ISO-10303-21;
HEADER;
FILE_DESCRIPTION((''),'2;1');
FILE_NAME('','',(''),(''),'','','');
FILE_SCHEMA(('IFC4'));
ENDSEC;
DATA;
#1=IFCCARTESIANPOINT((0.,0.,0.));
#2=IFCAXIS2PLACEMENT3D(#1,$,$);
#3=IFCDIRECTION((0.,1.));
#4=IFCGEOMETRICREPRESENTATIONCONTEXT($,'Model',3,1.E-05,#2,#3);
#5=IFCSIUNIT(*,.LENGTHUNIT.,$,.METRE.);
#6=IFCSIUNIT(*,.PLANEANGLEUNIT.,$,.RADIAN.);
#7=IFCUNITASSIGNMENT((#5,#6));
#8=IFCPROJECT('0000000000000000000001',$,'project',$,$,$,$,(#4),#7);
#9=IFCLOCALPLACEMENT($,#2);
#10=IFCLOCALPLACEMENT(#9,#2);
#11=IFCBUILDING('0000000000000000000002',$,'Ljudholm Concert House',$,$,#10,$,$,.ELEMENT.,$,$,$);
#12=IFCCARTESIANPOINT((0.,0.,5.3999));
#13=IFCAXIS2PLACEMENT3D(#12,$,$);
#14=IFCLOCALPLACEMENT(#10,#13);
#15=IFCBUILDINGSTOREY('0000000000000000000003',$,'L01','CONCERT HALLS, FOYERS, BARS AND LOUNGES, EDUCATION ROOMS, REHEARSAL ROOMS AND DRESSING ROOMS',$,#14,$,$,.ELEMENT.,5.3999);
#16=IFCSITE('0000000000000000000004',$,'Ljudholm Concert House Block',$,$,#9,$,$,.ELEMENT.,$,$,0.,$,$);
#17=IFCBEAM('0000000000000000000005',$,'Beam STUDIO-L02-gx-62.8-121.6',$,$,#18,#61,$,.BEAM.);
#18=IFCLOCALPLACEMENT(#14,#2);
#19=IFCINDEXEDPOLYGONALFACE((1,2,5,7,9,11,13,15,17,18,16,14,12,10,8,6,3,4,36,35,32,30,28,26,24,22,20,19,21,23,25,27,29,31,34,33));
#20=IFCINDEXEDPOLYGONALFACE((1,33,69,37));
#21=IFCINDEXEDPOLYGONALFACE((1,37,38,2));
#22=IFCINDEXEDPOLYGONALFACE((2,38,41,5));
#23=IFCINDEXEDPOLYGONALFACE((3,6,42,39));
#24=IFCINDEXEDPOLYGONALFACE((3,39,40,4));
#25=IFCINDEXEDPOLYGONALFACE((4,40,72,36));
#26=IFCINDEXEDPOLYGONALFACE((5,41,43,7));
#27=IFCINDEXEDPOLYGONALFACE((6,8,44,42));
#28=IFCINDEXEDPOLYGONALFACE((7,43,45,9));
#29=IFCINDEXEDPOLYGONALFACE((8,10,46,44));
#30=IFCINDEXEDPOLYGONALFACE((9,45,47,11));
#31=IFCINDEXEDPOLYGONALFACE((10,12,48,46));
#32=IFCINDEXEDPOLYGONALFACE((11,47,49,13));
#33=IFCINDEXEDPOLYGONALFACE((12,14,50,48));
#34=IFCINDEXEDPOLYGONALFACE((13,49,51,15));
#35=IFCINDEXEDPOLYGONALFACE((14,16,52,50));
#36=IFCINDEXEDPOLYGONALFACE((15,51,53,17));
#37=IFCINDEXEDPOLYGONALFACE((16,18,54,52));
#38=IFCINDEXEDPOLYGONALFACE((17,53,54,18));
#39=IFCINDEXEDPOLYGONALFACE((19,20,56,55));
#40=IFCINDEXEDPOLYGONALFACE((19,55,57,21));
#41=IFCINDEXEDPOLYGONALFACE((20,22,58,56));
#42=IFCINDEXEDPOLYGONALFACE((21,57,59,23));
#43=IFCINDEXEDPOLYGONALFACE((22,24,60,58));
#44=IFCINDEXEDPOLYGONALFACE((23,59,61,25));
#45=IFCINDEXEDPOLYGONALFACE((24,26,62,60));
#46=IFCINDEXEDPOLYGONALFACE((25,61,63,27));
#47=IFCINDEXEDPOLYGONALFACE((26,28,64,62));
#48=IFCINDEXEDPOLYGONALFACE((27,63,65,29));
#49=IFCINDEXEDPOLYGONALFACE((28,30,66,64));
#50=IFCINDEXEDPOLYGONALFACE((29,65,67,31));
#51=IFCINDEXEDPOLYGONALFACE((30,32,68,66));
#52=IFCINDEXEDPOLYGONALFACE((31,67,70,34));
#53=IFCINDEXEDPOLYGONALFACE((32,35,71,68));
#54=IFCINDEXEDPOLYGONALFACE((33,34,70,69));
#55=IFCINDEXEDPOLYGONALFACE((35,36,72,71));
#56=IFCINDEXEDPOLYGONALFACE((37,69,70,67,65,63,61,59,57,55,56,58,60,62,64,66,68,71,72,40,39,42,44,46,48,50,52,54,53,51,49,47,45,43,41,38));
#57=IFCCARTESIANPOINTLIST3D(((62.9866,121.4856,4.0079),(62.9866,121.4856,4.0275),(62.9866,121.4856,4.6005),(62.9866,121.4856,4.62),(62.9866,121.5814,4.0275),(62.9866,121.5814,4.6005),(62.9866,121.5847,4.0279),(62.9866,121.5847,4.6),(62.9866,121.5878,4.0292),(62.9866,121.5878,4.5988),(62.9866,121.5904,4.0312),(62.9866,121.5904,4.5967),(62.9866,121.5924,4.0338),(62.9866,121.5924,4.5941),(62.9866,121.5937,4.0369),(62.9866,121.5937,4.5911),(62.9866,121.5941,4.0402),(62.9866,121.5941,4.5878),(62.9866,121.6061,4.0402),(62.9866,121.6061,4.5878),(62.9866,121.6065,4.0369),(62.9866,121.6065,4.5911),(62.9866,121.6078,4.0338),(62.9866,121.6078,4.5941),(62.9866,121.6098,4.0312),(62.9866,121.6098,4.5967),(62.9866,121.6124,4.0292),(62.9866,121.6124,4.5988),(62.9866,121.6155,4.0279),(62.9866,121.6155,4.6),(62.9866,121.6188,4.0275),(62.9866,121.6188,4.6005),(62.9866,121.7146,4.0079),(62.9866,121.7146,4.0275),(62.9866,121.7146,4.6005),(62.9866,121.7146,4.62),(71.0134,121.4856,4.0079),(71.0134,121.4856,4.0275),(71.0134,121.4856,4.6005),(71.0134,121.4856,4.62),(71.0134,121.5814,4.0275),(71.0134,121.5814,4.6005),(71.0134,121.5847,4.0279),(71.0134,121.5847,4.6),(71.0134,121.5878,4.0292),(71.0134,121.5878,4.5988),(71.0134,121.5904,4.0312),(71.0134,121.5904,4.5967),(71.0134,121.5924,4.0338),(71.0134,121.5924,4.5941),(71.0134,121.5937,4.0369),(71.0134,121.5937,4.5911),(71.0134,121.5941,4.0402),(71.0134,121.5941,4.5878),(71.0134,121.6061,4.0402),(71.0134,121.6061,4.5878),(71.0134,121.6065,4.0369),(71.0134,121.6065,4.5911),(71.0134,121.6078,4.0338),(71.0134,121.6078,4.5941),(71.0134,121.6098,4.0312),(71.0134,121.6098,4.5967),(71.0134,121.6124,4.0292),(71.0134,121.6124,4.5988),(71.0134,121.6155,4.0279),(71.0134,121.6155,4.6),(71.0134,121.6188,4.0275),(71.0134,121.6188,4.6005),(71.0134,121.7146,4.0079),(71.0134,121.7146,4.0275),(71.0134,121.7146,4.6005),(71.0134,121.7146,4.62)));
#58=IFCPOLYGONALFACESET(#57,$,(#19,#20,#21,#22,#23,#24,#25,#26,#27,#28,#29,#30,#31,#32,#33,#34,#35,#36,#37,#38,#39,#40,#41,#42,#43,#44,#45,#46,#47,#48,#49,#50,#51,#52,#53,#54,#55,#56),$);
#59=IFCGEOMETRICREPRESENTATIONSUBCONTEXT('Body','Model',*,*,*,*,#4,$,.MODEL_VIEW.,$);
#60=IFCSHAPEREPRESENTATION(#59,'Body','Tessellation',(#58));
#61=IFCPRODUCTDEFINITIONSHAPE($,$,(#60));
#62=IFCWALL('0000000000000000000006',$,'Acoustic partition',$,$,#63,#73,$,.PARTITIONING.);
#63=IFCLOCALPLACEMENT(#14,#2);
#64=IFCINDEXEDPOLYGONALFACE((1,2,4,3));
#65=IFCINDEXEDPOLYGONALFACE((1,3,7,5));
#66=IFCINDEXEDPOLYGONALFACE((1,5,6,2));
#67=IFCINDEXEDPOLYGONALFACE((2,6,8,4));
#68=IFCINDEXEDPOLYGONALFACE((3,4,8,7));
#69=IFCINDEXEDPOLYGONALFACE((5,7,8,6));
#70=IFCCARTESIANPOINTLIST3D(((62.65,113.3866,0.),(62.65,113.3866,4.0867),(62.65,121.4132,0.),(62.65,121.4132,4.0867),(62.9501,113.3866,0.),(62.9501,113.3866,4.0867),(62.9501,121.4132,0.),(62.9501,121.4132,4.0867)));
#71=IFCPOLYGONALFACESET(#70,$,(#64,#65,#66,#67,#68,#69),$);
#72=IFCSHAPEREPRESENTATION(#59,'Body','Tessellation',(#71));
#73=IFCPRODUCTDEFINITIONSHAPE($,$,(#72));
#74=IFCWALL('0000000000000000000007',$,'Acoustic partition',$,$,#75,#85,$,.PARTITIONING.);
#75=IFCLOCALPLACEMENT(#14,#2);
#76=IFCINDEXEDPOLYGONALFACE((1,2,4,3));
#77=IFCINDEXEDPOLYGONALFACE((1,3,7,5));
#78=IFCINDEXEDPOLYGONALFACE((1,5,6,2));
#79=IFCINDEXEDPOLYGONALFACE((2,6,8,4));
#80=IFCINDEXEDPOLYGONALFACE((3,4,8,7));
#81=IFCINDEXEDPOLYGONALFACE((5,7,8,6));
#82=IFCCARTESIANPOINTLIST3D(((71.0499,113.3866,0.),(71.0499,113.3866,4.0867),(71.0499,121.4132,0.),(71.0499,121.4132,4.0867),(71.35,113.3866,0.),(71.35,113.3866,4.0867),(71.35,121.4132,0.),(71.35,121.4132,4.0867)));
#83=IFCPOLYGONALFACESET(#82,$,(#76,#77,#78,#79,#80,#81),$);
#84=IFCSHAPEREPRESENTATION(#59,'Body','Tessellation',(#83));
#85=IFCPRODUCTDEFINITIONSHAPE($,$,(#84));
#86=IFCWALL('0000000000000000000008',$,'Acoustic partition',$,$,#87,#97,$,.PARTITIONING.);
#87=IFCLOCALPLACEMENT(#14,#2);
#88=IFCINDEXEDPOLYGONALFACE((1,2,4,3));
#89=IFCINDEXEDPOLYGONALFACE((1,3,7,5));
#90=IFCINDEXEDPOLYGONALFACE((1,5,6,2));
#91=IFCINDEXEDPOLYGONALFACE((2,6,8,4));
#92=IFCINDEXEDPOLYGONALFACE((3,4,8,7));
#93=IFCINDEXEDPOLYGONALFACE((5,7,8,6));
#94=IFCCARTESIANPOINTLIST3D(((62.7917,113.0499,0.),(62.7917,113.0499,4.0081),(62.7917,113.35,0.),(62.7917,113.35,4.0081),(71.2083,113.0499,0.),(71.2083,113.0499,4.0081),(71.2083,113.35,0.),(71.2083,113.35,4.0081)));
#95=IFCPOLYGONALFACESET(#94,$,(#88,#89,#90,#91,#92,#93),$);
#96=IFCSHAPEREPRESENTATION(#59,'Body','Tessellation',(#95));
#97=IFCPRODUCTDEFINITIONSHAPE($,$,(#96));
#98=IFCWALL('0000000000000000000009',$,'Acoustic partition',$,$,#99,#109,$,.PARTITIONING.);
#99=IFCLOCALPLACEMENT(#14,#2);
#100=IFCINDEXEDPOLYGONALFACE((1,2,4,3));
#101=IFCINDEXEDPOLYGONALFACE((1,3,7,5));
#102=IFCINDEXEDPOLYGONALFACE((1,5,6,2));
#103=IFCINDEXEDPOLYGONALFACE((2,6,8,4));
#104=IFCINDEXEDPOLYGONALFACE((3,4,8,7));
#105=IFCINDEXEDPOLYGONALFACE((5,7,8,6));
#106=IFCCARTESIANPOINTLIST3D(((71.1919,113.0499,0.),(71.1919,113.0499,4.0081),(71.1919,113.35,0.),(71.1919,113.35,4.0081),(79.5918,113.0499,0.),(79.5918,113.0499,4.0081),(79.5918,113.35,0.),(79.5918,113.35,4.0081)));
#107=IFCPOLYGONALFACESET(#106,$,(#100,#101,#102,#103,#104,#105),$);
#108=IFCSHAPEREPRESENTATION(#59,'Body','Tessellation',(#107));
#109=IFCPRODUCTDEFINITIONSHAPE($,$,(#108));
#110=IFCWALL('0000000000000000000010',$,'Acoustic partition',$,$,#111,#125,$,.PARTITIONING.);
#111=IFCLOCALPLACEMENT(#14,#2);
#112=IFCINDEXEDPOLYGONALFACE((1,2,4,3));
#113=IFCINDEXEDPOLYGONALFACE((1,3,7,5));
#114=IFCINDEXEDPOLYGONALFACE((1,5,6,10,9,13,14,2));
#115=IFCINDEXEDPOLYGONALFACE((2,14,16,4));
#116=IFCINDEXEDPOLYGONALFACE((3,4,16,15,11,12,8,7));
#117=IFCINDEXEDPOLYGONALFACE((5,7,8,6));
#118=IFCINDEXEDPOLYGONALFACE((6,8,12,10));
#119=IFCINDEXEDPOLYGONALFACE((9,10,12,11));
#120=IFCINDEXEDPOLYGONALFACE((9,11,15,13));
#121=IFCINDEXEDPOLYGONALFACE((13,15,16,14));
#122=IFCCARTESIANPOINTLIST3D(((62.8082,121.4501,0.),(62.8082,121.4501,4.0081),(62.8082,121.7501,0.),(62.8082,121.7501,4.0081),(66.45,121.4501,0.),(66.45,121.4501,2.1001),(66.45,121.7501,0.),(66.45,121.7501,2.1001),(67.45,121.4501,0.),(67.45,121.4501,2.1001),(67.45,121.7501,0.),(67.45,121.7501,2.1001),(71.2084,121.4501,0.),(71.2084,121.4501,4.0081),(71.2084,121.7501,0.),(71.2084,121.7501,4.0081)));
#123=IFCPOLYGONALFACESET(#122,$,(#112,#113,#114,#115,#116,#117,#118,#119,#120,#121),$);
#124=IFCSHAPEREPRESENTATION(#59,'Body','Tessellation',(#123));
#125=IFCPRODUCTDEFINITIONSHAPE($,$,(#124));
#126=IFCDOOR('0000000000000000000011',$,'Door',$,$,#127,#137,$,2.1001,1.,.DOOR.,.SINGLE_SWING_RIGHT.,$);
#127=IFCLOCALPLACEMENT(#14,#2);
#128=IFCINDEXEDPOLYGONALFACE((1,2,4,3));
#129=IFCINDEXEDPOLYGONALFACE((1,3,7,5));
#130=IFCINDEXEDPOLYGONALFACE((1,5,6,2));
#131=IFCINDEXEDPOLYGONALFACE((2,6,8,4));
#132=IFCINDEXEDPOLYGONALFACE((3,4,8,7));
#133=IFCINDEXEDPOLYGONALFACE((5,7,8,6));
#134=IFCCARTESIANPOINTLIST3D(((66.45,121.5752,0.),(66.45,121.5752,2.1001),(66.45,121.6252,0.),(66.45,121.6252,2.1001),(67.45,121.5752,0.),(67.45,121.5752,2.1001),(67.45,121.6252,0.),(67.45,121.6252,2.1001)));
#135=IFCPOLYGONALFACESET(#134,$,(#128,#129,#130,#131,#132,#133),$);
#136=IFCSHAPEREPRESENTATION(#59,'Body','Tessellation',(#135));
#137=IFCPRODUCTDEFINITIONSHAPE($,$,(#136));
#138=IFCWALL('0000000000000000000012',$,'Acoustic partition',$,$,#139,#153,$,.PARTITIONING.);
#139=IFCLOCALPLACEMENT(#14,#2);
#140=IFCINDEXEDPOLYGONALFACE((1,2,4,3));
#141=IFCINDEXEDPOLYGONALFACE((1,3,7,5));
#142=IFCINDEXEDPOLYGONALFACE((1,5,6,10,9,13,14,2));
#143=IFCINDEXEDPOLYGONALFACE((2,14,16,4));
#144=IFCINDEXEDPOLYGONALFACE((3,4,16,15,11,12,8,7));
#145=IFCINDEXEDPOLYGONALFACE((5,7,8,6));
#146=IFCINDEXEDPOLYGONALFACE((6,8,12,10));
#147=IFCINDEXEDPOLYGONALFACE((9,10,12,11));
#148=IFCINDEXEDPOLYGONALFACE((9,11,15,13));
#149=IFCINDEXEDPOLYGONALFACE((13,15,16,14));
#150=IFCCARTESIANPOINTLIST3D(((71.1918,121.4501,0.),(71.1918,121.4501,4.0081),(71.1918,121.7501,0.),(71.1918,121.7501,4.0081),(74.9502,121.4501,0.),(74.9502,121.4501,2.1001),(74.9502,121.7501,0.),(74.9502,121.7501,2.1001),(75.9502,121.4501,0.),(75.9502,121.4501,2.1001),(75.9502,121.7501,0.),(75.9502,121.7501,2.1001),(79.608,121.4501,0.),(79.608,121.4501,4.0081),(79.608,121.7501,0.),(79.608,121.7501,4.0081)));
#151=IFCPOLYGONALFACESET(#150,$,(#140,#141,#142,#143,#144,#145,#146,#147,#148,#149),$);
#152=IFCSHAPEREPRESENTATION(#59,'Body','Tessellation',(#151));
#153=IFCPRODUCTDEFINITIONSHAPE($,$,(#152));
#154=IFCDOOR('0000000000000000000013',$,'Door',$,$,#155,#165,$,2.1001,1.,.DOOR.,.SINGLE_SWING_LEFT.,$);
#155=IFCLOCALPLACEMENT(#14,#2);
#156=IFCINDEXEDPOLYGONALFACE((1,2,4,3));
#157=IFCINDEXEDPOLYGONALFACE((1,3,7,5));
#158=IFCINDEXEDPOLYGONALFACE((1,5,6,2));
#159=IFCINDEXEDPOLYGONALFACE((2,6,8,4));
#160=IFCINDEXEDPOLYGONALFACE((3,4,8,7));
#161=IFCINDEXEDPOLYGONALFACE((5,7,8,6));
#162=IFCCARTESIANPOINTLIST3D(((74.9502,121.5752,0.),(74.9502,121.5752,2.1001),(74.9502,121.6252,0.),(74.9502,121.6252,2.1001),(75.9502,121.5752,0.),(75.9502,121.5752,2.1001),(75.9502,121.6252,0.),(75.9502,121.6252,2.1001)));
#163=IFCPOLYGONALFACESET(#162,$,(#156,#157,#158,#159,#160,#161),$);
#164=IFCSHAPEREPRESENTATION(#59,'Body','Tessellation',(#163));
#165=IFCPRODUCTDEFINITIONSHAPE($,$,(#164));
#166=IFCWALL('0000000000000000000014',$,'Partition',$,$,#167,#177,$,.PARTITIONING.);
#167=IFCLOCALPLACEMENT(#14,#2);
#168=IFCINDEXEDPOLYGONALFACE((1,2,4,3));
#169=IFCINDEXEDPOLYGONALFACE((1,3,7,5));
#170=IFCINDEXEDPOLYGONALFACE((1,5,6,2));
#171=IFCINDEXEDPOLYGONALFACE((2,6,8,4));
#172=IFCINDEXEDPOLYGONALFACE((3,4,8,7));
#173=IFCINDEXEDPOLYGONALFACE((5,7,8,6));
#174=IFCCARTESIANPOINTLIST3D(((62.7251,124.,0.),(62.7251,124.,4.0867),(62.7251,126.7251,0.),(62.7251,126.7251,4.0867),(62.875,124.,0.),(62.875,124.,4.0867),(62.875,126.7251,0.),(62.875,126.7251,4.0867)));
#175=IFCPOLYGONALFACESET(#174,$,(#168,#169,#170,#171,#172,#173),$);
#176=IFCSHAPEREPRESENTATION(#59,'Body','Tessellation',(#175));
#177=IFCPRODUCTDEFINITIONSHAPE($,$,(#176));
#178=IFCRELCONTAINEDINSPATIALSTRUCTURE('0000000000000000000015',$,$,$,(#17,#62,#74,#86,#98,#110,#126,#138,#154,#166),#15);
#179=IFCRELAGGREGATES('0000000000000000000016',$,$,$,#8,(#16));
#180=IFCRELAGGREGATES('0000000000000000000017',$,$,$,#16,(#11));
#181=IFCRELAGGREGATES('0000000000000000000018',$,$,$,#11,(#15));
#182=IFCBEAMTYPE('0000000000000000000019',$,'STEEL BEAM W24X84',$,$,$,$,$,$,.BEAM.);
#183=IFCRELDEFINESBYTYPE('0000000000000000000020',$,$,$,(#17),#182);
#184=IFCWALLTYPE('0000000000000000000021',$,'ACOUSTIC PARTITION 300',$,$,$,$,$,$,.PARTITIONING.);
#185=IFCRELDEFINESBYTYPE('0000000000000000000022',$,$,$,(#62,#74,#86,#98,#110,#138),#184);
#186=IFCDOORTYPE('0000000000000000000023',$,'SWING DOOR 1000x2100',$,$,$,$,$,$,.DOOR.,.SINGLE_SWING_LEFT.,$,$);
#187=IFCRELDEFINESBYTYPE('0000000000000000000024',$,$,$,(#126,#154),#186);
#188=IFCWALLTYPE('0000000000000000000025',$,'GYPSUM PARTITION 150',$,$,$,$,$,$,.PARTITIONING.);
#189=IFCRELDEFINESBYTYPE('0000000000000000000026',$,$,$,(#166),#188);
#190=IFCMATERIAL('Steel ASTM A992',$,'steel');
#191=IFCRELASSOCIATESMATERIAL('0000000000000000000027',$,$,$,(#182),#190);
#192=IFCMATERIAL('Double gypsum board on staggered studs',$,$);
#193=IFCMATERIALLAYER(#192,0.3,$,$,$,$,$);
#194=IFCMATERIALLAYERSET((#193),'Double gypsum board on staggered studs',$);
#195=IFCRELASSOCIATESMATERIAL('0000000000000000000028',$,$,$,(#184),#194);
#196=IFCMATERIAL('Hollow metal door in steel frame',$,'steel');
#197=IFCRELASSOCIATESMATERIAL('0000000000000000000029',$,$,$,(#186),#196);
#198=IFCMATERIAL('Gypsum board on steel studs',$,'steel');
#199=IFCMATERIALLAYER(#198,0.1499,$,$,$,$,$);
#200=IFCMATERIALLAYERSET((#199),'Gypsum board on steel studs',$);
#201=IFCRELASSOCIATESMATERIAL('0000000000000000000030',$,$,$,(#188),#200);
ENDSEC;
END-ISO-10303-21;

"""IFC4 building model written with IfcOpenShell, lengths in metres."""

from ifc_helpers import new_model, si_unit, direction, frame, frame_2d, origin, origin_2d, place, context, subcontext, project, spatial, rectangle, i_section, extrude, material, layer, layer_set, material_profile, profile_set, type_object, element, fill, save


model = new_model("IFC4")

# Units and contexts
model_context = context("Model", 3, precision=1e-05, world=origin(), true_north=direction((0.0, 1.0)))
body_context = subcontext(model_context, "Body", "Model", "MODEL_VIEW")
ifc_project = project(units=[si_unit("LENGTHUNIT", "METRE"), si_unit("PLANEANGLEUNIT", "RADIAN")], contexts=[model_context])

# Site, building, storey
site_placement = place(None, origin())
site = spatial("IfcSite", under=ifc_project, at=site_placement, Name="Ljudholm Concert House Block", CompositionType="ELEMENT", RefElevation=0.0)
building_placement = place(site_placement, origin())
building = spatial("IfcBuilding", under=site, at=building_placement, Name="Ljudholm Concert House", CompositionType="ELEMENT")
storey_placement = place(building_placement, frame((0.0, 0.0, 5.3999)))
storey = spatial("IfcBuildingStorey", under=building, at=storey_placement, Name="L01", Description="CONCERT HALLS, FOYERS, BARS AND LOUNGES, EDUCATION ROOMS, REHEARSAL ROOMS AND DRESSING ROOMS", CompositionType="ELEMENT", Elevation=5.3999)

# Beam
ifc_material_1 = material(Name="Steel ASTM A992", Category="steel")
ifc_material_profile_1 = material_profile(ifc_material_1, i_section(OverallWidth=0.229, OverallDepth=0.6121, WebThickness=0.012, FlangeThickness=0.0195, FilletRadius=0.0127, at=origin_2d()), Name="W24X84")
ifc_profile_set_1 = profile_set([ifc_material_profile_1], Name="Steel ASTM A992")
beam_type_1 = type_object("IfcBeamType", Name="STEEL BEAM W24X84", PredefinedType="BEAM", material=ifc_profile_set_1)
for number, where, z_axis, x_axis, name in (
    (1, (62.9866, 121.6001, 4.314), (1.0, 0.0, 0.0), (0.0, 1.0, 0.0), "Beam STUDIO-L02-gx-62.8-121.6"),
):
    element("IfcBeam", number, at=place(storey_placement, frame(where, z_axis=z_axis, x_axis=x_axis)), inside=storey, type_object=beam_type_1, Name=name, PredefinedType="BEAM", context=body_context, shape_type="SweptSolid", body=[
        extrude(i_section(OverallWidth=0.229, OverallDepth=0.6121, WebThickness=0.012, FlangeThickness=0.0195, FilletRadius=0.0127, at=origin_2d()), origin(), (0.0, 0.0, 1.0), 8.0269),
    ])

# Walls
ifc_material_2 = material(Name="Double gypsum board on staggered studs")
ifc_layer_1 = layer(ifc_material_2, 0.3)
ifc_layer_set_1 = layer_set([ifc_layer_1], Name="Double gypsum board on staggered studs")
wall_type_1 = type_object("IfcWallType", Name="ACOUSTIC PARTITION 300", PredefinedType="PARTITIONING", material=ifc_layer_set_1)
for number, where, z_axis, x_axis, name in (
    (2, (62.8, 113.3867, 0.0), (0.0, 0.0, 1.0), (0.0, 1.0, 0.0), "Acoustic partition"),
    (3, (71.2, 113.3867, 0.0), (0.0, 0.0, 1.0), (0.0, 1.0, 0.0), "Acoustic partition"),
):
    element("IfcWall", number, at=place(storey_placement, frame(where, z_axis=z_axis, x_axis=x_axis)), inside=storey, type_object=wall_type_1, Name=name, PredefinedType="PARTITIONING", context=body_context, shape_type="SweptSolid", body=[
        extrude(rectangle(XDim=8.0266, YDim=0.3, at=frame_2d((4.0132, 0.0))), origin(), (0.0, 0.0, 1.0), 4.0867),
    ])
wall_1_placement = place(storey_placement, frame((62.7917, 113.2, 0.0), z_axis=(0.0, 0.0, 1.0), x_axis=(1.0, 0.0, 0.0)))
element("IfcWall", 4, at=wall_1_placement, inside=storey, type_object=wall_type_1, Name="Acoustic partition", PredefinedType="PARTITIONING", context=body_context, shape_type="SweptSolid", body=[
    extrude(rectangle(XDim=8.4165, YDim=0.3, at=frame_2d((4.2083, 0.0))), origin(), (0.0, 0.0, 1.0), 4.0081),
])
wall_2_placement = place(storey_placement, frame((71.1919, 113.2, 0.0), z_axis=(0.0, 0.0, 1.0), x_axis=(1.0, 0.0, 0.0)))
element("IfcWall", 5, at=wall_2_placement, inside=storey, type_object=wall_type_1, Name="Acoustic partition", PredefinedType="PARTITIONING", context=body_context, shape_type="SweptSolid", body=[
    extrude(rectangle(XDim=8.3999, YDim=0.3, at=frame_2d((4.2, 0.0))), origin(), (0.0, 0.0, 1.0), 4.0081),
])

# Walls, openings, doors
wall_3_placement = place(storey_placement, frame((62.8081, 121.6001, 0.0), z_axis=(0.0, 0.0, 1.0), x_axis=(1.0, 0.0, 0.0)))
wall_3 = element("IfcWall", 6, at=wall_3_placement, inside=storey, type_object=wall_type_1, Name="Acoustic partition", PredefinedType="PARTITIONING", context=body_context, shape_type="SweptSolid", body=[
    extrude(rectangle(XDim=8.4001, YDim=0.3, at=frame_2d((4.2002, 0.0))), origin(), (0.0, 0.0, 1.0), 4.0081),
])
opening_1_placement = place(wall_3_placement, frame((3.6418, 0.0, 0.0)))
opening_1 = element("IfcOpeningElement", 7, at=opening_1_placement, cuts=wall_3, PredefinedType="OPENING", context=body_context, shape_type="SweptSolid", body=[
    extrude(rectangle(XDim=1.0, YDim=2.1001, at=frame_2d((0.5, 1.05))), frame((0.0, 0.1599, 0.0), z_axis=(0.0, -1.0, 0.0), x_axis=(1.0, 0.0, 0.0)), (0.0, 0.0, 1.0), 0.3201),
])
ifc_material_3 = material(Name="Hollow metal door in steel frame", Category="steel")
door_type = type_object("IfcDoorType", Name="SWING DOOR 1000x2100", OperationType="SINGLE_SWING_LEFT", PredefinedType="DOOR", material=ifc_material_3)
door_1_placement = place(opening_1_placement, frame((1.0, 0.0, 0.0), z_axis=(0.0, 0.0, 1.0), x_axis=(-1.0, 0.0, 0.0)))
door_1 = element("IfcDoor", 8, at=door_1_placement, inside=storey, type_object=door_type, Name="Door", OperationType="SINGLE_SWING_RIGHT", OverallHeight=2.1001, OverallWidth=1.0, PredefinedType="DOOR", context=body_context, shape_type="SweptSolid", body=[
    extrude(rectangle(XDim=1.0, YDim=2.1001, at=frame_2d((0.5, 1.05))), frame((0.0, 0.0249, 0.0), z_axis=(0.0, -1.0, 0.0), x_axis=(1.0, 0.0, 0.0)), (0.0, 0.0, 1.0), 0.05),
])
fill(opening_1, door_1)
wall_4_placement = place(storey_placement, frame((71.1919, 121.6001, 0.0), z_axis=(0.0, 0.0, 1.0), x_axis=(1.0, 0.0, 0.0)))
wall_4 = element("IfcWall", 9, at=wall_4_placement, inside=storey, type_object=wall_type_1, Name="Acoustic partition", PredefinedType="PARTITIONING", context=body_context, shape_type="SweptSolid", body=[
    extrude(rectangle(XDim=8.4163, YDim=0.3, at=frame_2d((4.208, 0.0))), origin(), (0.0, 0.0, 1.0), 4.0081),
])
opening_2_placement = place(wall_4_placement, frame((3.7583, 0.0, 0.0)))
opening_2 = element("IfcOpeningElement", 10, at=opening_2_placement, cuts=wall_4, PredefinedType="OPENING", context=body_context, shape_type="SweptSolid", body=[
    extrude(rectangle(XDim=1.0, YDim=2.1001, at=frame_2d((0.5, 1.05))), frame((0.0, 0.1599, 0.0), z_axis=(0.0, -1.0, 0.0), x_axis=(1.0, 0.0, 0.0)), (0.0, 0.0, 1.0), 0.3201),
])
door_2_placement = place(opening_2_placement, frame((1.0, 0.0, 0.0), z_axis=(0.0, 0.0, 1.0), x_axis=(-1.0, 0.0, 0.0)))
door_2 = element("IfcDoor", 11, at=door_2_placement, inside=storey, type_object=door_type, Name="Door", OperationType="SINGLE_SWING_LEFT", OverallHeight=2.1001, OverallWidth=1.0, PredefinedType="DOOR", context=body_context, shape_type="SweptSolid", body=[
    extrude(rectangle(XDim=1.0, YDim=2.1001, at=frame_2d((0.5, 1.05))), frame((0.0, 0.0249, 0.0), z_axis=(0.0, -1.0, 0.0), x_axis=(1.0, 0.0, 0.0)), (0.0, 0.0, 1.0), 0.05),
])
fill(opening_2, door_2)

# Wall
ifc_material_4 = material(Name="Gypsum board on steel studs", Category="steel")
ifc_layer_2 = layer(ifc_material_4, 0.1499)
ifc_layer_set_2 = layer_set([ifc_layer_2], Name="Gypsum board on steel studs")
wall_type_2 = type_object("IfcWallType", Name="GYPSUM PARTITION 150", PredefinedType="PARTITIONING", material=ifc_layer_set_2)
wall_5_placement = place(storey_placement, frame((62.8, 124.0, 0.0), z_axis=(0.0, 0.0, 1.0), x_axis=(0.0, 1.0, 0.0)))
element("IfcWall", 12, at=wall_5_placement, inside=storey, type_object=wall_type_2, Name="Partition", PredefinedType="PARTITIONING", context=body_context, shape_type="SweptSolid", body=[
    extrude(rectangle(XDim=2.7251, YDim=0.1499, at=frame_2d((1.3625, 0.0))), origin(), (0.0, 0.0, 1.0), 4.0867),
])

save(model, "model.ifc")
